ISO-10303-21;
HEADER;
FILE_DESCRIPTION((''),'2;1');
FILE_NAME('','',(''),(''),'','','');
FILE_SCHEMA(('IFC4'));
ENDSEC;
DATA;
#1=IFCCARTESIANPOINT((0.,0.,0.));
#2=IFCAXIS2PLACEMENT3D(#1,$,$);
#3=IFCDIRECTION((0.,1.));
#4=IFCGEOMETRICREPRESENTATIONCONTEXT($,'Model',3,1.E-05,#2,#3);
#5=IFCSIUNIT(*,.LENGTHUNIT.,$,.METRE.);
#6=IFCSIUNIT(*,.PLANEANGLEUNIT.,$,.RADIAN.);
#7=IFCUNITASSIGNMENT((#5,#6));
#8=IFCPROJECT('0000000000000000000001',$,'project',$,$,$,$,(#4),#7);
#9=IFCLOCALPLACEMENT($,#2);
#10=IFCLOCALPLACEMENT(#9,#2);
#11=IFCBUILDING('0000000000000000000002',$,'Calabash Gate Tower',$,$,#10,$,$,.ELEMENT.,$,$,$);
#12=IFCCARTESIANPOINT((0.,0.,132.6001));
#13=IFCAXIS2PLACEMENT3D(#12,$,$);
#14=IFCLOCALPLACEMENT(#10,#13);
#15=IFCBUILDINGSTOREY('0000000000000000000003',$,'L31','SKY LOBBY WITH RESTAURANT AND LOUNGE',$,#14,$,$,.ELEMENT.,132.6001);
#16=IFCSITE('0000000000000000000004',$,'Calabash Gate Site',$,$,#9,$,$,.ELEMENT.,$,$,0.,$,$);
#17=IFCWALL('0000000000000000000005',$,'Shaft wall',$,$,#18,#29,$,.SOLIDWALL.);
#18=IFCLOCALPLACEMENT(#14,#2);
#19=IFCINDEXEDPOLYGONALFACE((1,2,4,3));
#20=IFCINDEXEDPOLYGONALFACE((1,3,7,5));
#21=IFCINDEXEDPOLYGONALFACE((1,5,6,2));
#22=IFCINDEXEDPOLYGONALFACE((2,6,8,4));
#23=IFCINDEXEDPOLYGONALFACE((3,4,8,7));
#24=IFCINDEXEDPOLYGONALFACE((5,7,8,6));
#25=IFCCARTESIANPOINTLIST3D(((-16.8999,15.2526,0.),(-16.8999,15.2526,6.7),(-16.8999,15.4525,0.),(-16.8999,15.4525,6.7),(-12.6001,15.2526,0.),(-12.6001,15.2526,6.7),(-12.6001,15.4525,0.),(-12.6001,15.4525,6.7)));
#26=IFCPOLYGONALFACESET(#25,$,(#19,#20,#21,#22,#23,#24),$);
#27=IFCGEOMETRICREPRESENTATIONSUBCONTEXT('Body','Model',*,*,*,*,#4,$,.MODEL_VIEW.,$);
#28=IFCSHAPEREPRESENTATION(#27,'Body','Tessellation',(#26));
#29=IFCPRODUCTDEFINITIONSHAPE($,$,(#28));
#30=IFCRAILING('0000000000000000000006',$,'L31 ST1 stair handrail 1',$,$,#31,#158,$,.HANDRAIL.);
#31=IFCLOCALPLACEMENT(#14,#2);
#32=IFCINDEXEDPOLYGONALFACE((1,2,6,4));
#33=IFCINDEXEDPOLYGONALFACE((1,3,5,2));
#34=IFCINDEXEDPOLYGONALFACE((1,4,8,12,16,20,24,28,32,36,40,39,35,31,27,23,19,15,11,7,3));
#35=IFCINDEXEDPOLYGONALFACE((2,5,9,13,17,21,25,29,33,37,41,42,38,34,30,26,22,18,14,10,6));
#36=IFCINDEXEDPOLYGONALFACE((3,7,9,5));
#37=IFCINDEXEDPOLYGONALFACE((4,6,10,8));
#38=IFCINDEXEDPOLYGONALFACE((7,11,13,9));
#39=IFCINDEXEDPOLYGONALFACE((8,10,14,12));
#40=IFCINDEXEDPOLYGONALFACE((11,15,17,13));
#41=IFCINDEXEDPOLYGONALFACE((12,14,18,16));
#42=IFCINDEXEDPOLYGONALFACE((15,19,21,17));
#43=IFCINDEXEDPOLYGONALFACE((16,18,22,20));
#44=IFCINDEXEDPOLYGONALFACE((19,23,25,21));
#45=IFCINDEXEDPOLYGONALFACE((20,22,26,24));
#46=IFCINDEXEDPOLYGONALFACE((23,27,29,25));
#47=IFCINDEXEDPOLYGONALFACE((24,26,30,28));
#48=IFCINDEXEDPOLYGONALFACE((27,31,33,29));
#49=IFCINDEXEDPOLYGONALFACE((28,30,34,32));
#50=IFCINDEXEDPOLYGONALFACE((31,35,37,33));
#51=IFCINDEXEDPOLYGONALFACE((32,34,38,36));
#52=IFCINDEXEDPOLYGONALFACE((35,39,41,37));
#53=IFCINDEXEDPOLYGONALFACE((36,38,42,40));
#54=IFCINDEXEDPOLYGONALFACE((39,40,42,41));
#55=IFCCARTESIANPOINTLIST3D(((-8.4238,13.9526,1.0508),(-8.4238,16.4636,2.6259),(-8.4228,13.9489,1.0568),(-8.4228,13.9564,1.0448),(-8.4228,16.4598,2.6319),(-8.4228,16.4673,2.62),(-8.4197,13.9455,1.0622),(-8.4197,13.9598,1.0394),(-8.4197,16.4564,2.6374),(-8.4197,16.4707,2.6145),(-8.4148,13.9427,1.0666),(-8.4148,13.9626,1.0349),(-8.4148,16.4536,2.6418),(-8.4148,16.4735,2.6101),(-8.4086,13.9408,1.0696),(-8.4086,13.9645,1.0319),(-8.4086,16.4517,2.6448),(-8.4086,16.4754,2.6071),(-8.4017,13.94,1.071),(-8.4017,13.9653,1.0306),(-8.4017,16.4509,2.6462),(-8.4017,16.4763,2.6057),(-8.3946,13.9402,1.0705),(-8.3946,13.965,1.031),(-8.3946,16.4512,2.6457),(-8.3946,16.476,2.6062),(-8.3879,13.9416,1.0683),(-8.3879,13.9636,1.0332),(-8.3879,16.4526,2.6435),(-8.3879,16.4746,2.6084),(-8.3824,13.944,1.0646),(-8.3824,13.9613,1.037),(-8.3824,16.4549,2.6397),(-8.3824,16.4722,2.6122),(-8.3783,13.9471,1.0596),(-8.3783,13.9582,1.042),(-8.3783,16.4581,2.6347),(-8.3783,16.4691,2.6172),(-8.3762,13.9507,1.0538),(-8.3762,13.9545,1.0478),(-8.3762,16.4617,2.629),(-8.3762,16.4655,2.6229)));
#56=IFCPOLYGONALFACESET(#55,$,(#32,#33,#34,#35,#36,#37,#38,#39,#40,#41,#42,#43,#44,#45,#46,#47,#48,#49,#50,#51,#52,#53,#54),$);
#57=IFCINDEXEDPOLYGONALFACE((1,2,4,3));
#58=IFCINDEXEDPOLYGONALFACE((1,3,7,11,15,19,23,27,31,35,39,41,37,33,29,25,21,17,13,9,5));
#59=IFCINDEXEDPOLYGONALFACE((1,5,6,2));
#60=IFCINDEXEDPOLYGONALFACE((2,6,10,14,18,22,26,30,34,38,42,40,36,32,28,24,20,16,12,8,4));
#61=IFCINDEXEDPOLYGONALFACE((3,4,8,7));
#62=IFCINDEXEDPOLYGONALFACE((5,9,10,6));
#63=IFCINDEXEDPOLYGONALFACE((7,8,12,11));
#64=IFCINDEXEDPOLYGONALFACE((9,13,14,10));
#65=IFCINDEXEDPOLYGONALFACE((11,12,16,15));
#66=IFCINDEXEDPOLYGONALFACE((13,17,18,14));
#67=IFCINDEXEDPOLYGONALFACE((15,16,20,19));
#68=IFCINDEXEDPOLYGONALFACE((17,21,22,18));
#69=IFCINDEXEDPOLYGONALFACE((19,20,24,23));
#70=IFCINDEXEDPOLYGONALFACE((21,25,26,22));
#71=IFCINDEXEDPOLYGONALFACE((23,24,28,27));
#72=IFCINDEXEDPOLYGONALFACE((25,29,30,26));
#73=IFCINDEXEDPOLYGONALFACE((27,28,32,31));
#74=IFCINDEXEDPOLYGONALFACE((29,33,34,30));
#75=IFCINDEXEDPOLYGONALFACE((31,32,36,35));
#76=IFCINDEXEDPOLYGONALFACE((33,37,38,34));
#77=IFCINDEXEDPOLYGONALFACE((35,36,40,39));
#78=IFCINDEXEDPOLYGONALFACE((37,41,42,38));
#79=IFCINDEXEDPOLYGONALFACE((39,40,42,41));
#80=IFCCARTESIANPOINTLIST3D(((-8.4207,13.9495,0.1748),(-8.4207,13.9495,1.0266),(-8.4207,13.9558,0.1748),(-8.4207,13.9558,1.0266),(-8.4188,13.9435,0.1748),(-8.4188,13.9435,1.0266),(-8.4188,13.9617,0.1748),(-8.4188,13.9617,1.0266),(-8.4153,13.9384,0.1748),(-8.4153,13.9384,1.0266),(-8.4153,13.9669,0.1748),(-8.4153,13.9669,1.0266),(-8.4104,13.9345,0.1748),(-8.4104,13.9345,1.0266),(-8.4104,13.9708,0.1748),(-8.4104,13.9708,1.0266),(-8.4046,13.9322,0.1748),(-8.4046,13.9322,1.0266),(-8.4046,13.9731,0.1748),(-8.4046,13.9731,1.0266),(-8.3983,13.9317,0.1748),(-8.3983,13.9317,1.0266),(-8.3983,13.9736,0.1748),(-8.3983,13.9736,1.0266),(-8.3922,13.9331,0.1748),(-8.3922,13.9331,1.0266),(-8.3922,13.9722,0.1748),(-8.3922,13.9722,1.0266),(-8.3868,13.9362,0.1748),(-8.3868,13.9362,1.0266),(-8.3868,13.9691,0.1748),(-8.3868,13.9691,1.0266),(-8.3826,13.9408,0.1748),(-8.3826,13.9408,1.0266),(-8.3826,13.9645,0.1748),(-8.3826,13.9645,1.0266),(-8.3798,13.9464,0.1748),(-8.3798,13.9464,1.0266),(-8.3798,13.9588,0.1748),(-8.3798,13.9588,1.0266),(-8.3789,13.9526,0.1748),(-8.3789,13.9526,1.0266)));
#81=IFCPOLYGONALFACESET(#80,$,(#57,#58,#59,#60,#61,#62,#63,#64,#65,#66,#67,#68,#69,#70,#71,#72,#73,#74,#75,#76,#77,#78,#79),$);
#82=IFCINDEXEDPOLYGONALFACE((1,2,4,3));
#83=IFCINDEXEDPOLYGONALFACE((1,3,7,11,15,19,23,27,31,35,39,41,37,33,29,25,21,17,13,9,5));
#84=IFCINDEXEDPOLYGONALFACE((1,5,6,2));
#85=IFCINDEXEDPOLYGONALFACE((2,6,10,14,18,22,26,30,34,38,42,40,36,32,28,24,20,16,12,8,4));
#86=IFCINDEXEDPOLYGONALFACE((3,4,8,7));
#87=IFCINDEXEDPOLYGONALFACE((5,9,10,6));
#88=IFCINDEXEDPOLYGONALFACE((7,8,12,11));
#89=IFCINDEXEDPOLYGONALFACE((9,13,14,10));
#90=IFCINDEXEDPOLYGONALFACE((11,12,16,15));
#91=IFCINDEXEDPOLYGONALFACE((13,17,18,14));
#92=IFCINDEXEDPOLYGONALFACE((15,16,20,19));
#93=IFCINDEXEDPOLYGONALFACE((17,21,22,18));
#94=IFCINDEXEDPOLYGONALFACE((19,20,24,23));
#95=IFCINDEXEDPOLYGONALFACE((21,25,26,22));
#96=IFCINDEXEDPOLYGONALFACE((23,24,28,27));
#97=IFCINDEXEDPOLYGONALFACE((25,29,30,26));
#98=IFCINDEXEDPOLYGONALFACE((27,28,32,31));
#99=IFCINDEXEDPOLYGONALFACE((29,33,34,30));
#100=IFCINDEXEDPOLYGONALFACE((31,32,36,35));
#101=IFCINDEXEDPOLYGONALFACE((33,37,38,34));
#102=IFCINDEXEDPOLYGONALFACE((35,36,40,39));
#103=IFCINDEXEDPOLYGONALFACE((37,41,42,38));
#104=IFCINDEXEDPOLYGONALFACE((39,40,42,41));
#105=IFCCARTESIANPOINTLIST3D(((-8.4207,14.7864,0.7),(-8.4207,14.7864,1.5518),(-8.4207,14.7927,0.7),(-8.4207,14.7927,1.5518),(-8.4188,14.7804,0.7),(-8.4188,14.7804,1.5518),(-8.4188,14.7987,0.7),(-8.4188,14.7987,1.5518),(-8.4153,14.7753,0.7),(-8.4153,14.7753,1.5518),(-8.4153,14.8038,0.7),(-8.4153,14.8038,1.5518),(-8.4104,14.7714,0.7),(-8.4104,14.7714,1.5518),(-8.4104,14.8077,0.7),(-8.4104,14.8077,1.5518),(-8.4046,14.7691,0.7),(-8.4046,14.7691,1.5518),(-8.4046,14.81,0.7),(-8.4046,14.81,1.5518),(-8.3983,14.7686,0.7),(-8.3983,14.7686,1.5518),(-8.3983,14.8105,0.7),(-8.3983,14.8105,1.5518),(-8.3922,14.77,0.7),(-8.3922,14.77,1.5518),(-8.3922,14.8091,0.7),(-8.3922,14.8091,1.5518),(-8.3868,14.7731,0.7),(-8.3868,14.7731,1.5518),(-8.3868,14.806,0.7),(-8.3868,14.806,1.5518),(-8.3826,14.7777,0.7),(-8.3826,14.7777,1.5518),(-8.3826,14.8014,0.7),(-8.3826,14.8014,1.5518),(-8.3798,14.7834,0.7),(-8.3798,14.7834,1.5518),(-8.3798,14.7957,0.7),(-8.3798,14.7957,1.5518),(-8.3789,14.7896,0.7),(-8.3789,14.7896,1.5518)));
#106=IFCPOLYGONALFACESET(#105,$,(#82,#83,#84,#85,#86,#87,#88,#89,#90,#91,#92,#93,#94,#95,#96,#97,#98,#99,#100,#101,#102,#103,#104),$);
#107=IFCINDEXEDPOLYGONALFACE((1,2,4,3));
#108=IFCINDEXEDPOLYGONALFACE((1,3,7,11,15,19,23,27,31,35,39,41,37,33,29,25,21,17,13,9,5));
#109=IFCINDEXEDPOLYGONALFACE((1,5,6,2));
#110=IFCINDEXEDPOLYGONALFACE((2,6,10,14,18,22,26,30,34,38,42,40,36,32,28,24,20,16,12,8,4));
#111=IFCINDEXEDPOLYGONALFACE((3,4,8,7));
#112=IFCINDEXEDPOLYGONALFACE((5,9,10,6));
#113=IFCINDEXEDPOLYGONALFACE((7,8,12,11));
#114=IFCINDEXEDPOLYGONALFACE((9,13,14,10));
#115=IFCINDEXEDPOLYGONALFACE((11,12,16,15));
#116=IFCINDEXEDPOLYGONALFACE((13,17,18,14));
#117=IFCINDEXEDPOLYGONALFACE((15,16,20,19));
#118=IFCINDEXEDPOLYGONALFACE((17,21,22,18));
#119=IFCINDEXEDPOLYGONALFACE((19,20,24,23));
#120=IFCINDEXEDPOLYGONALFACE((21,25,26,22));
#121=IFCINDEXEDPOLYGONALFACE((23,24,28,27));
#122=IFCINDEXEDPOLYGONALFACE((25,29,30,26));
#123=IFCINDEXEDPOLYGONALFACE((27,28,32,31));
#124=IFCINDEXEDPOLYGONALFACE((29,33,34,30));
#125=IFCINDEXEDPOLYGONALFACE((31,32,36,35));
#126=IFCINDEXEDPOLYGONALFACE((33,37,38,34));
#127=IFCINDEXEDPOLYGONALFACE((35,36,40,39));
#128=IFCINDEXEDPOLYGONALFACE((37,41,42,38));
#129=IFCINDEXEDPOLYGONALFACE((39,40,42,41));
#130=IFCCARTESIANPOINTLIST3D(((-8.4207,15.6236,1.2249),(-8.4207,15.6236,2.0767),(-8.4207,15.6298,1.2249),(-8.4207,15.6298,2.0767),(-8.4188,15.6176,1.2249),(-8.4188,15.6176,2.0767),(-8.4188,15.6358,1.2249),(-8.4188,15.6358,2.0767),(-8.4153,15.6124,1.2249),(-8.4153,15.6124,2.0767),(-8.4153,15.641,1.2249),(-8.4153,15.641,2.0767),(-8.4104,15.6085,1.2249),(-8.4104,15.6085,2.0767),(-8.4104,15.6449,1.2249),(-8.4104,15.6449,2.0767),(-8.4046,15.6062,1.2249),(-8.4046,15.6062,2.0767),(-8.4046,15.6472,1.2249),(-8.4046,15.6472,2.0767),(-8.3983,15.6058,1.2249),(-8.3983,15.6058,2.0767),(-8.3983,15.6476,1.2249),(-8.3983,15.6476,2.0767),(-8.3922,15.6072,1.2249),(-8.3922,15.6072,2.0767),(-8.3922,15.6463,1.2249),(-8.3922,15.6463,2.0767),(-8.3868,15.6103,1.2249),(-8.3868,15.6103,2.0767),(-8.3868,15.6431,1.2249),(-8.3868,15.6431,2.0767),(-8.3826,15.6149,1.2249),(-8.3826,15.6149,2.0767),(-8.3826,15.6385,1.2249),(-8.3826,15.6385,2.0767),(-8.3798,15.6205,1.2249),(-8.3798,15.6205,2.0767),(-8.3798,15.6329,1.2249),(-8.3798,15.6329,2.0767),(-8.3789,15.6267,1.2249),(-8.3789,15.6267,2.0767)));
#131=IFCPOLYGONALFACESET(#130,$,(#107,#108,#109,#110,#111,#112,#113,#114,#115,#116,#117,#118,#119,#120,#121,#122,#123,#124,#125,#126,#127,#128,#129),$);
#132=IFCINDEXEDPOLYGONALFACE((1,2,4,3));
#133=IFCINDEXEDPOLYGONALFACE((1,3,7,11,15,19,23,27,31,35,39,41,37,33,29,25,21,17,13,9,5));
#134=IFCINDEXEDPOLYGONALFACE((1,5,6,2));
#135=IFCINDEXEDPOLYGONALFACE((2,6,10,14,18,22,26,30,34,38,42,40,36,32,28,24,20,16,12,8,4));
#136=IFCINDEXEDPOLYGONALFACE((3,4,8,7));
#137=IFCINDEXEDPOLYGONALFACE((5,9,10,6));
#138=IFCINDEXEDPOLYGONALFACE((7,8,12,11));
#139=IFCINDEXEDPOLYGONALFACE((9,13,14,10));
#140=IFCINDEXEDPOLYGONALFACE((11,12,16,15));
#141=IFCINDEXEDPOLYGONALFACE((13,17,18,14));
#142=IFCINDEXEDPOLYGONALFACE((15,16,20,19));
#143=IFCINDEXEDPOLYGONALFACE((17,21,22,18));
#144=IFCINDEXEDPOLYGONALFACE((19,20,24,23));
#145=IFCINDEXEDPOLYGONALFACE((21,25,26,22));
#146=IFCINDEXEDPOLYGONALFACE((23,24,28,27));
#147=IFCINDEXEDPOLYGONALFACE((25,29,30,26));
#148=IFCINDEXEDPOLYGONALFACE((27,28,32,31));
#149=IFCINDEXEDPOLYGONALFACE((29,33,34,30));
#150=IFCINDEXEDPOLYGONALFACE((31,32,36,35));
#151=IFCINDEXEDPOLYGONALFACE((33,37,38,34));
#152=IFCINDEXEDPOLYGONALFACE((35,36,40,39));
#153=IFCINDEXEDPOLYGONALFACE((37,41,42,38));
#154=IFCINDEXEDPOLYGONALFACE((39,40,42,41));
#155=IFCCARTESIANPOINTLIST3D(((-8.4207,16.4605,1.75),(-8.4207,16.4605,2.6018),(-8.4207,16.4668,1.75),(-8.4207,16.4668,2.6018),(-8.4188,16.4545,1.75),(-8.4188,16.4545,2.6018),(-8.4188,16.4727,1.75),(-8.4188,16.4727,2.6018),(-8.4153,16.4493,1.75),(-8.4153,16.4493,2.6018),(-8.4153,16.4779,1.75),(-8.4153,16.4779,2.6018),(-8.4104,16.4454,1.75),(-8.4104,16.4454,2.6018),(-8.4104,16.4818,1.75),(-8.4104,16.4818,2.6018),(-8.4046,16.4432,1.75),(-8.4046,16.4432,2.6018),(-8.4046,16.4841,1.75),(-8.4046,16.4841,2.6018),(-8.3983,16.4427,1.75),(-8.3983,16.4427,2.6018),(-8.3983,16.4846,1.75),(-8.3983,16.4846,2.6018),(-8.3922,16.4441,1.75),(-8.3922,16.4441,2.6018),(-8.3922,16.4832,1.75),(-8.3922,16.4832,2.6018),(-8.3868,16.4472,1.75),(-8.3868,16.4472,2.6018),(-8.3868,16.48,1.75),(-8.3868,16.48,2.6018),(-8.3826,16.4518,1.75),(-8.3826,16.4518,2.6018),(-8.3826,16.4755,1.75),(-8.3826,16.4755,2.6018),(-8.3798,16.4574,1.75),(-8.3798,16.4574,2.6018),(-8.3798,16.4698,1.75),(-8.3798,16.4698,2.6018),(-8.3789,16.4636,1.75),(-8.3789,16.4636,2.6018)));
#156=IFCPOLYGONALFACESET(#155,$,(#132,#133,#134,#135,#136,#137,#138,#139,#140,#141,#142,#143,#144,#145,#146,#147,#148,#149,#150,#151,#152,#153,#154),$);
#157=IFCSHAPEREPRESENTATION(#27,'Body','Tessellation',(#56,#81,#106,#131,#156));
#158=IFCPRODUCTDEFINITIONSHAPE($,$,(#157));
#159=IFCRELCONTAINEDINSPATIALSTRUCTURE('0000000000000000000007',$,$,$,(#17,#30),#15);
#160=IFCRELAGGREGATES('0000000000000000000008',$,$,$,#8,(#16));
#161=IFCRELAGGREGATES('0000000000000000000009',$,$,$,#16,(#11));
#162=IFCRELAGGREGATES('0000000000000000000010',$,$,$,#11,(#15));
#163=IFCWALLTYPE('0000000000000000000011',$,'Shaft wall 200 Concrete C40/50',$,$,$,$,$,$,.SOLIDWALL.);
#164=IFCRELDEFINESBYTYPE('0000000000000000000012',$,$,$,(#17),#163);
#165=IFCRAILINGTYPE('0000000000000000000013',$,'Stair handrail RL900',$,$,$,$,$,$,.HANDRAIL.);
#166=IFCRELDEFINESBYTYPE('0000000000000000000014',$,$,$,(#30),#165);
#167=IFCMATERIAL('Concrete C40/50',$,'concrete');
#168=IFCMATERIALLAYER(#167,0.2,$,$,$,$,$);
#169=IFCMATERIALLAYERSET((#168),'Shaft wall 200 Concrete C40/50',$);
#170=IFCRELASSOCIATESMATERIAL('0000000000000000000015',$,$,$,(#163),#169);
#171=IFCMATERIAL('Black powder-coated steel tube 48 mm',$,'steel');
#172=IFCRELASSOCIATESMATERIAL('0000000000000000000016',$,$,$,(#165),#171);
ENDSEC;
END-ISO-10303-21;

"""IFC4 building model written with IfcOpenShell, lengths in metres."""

from ifc_helpers import new_model, si_unit, direction, frame, frame_2d, origin, origin_2d, place, context, subcontext, project, spatial, rectangle, circle, extrude, material, layer, layer_set, type_object, element, save


model = new_model("IFC4")

# Units and contexts
model_context = context("Model", 3, precision=1e-05, world=origin(), true_north=direction((0.0, 1.0)))
body_context = subcontext(model_context, "Body", "Model", "MODEL_VIEW")
ifc_project = project(units=[si_unit("LENGTHUNIT", "METRE"), si_unit("PLANEANGLEUNIT", "RADIAN")], contexts=[model_context])

# Site, building, storey
site_placement = place(None, origin())
site = spatial("IfcSite", under=ifc_project, at=site_placement, Name="Calabash Gate Site", CompositionType="ELEMENT", RefElevation=0.0)
building_placement = place(site_placement, origin())
building = spatial("IfcBuilding", under=site, at=building_placement, Name="Calabash Gate Tower", CompositionType="ELEMENT")
storey_placement = place(building_placement, frame((0.0, 0.0, 132.6001)))
storey = spatial("IfcBuildingStorey", under=building, at=storey_placement, Name="L31", Description="SKY LOBBY WITH RESTAURANT AND LOUNGE", CompositionType="ELEMENT", Elevation=132.6001)

# Shared definitions
ifc_material_1 = material(Name="Concrete C40/50", Category="concrete")
ifc_layer_1 = layer(ifc_material_1, 0.2)
ifc_layer_set_1 = layer_set([ifc_layer_1], Name="Shaft wall 200 Concrete C40/50")
wall_type_1 = type_object("IfcWallType", Name="Shaft wall 200 Concrete C40/50", PredefinedType="SOLIDWALL", material=ifc_layer_set_1)

# Wall
wall_1_placement = place(storey_placement, frame((-16.8999, 15.3525, 0.0), z_axis=(0.0, 0.0, 1.0), x_axis=(1.0, 0.0, 0.0)))
element("IfcWall", 1, at=wall_1_placement, inside=storey, type_object=wall_type_1, Name="Shaft wall", PredefinedType="SOLIDWALL", context=body_context, shape_type="SweptSolid", body=[
    extrude(rectangle(XDim=4.2998, YDim=0.2, at=frame_2d((2.1499, 0.0))), origin(), (0.0, 0.0, 1.0), 6.7),
])

# Railing
ifc_material_2 = material(Name="Black powder-coated steel tube 48 mm", Category="steel")
railing_type_1 = type_object("IfcRailingType", Name="Stair handrail RL900", PredefinedType="HANDRAIL", material=ifc_material_2)
railing_1_placement = place(storey_placement, frame((-8.3999, 13.9526, 0.1748)))
element("IfcRailing", 2, at=railing_1_placement, inside=storey, type_object=railing_type_1, Name="L31 ST1 stair handrail 1", PredefinedType="HANDRAIL", context=body_context, shape_type="SweptSolid", body=[
    extrude(circle(Radius=0.0239, at=origin_2d()), frame((0.0, 0.0, 0.876), z_axis=(0.0, 0.847113, 0.531412), x_axis=(-1.0, 0.0, 0.0)), (0.0, 0.0, 1.0), 2.9641),
    extrude(circle(Radius=0.021, at=origin_2d()), origin(), (0.0, 0.0, 1.0), 0.8518),
    extrude(circle(Radius=0.021, at=origin_2d()), frame((0.0, 0.8369, 0.5251)), (0.0, 0.0, 1.0), 0.8518),
    extrude(circle(Radius=0.021, at=origin_2d()), frame((0.0, 1.6741, 1.05)), (0.0, 0.0, 1.0), 0.8518),
    extrude(circle(Radius=0.021, at=origin_2d()), frame((0.0, 2.511, 1.5752)), (0.0, 0.0, 1.0), 0.8518),
])

save(model, "model.ifc")
